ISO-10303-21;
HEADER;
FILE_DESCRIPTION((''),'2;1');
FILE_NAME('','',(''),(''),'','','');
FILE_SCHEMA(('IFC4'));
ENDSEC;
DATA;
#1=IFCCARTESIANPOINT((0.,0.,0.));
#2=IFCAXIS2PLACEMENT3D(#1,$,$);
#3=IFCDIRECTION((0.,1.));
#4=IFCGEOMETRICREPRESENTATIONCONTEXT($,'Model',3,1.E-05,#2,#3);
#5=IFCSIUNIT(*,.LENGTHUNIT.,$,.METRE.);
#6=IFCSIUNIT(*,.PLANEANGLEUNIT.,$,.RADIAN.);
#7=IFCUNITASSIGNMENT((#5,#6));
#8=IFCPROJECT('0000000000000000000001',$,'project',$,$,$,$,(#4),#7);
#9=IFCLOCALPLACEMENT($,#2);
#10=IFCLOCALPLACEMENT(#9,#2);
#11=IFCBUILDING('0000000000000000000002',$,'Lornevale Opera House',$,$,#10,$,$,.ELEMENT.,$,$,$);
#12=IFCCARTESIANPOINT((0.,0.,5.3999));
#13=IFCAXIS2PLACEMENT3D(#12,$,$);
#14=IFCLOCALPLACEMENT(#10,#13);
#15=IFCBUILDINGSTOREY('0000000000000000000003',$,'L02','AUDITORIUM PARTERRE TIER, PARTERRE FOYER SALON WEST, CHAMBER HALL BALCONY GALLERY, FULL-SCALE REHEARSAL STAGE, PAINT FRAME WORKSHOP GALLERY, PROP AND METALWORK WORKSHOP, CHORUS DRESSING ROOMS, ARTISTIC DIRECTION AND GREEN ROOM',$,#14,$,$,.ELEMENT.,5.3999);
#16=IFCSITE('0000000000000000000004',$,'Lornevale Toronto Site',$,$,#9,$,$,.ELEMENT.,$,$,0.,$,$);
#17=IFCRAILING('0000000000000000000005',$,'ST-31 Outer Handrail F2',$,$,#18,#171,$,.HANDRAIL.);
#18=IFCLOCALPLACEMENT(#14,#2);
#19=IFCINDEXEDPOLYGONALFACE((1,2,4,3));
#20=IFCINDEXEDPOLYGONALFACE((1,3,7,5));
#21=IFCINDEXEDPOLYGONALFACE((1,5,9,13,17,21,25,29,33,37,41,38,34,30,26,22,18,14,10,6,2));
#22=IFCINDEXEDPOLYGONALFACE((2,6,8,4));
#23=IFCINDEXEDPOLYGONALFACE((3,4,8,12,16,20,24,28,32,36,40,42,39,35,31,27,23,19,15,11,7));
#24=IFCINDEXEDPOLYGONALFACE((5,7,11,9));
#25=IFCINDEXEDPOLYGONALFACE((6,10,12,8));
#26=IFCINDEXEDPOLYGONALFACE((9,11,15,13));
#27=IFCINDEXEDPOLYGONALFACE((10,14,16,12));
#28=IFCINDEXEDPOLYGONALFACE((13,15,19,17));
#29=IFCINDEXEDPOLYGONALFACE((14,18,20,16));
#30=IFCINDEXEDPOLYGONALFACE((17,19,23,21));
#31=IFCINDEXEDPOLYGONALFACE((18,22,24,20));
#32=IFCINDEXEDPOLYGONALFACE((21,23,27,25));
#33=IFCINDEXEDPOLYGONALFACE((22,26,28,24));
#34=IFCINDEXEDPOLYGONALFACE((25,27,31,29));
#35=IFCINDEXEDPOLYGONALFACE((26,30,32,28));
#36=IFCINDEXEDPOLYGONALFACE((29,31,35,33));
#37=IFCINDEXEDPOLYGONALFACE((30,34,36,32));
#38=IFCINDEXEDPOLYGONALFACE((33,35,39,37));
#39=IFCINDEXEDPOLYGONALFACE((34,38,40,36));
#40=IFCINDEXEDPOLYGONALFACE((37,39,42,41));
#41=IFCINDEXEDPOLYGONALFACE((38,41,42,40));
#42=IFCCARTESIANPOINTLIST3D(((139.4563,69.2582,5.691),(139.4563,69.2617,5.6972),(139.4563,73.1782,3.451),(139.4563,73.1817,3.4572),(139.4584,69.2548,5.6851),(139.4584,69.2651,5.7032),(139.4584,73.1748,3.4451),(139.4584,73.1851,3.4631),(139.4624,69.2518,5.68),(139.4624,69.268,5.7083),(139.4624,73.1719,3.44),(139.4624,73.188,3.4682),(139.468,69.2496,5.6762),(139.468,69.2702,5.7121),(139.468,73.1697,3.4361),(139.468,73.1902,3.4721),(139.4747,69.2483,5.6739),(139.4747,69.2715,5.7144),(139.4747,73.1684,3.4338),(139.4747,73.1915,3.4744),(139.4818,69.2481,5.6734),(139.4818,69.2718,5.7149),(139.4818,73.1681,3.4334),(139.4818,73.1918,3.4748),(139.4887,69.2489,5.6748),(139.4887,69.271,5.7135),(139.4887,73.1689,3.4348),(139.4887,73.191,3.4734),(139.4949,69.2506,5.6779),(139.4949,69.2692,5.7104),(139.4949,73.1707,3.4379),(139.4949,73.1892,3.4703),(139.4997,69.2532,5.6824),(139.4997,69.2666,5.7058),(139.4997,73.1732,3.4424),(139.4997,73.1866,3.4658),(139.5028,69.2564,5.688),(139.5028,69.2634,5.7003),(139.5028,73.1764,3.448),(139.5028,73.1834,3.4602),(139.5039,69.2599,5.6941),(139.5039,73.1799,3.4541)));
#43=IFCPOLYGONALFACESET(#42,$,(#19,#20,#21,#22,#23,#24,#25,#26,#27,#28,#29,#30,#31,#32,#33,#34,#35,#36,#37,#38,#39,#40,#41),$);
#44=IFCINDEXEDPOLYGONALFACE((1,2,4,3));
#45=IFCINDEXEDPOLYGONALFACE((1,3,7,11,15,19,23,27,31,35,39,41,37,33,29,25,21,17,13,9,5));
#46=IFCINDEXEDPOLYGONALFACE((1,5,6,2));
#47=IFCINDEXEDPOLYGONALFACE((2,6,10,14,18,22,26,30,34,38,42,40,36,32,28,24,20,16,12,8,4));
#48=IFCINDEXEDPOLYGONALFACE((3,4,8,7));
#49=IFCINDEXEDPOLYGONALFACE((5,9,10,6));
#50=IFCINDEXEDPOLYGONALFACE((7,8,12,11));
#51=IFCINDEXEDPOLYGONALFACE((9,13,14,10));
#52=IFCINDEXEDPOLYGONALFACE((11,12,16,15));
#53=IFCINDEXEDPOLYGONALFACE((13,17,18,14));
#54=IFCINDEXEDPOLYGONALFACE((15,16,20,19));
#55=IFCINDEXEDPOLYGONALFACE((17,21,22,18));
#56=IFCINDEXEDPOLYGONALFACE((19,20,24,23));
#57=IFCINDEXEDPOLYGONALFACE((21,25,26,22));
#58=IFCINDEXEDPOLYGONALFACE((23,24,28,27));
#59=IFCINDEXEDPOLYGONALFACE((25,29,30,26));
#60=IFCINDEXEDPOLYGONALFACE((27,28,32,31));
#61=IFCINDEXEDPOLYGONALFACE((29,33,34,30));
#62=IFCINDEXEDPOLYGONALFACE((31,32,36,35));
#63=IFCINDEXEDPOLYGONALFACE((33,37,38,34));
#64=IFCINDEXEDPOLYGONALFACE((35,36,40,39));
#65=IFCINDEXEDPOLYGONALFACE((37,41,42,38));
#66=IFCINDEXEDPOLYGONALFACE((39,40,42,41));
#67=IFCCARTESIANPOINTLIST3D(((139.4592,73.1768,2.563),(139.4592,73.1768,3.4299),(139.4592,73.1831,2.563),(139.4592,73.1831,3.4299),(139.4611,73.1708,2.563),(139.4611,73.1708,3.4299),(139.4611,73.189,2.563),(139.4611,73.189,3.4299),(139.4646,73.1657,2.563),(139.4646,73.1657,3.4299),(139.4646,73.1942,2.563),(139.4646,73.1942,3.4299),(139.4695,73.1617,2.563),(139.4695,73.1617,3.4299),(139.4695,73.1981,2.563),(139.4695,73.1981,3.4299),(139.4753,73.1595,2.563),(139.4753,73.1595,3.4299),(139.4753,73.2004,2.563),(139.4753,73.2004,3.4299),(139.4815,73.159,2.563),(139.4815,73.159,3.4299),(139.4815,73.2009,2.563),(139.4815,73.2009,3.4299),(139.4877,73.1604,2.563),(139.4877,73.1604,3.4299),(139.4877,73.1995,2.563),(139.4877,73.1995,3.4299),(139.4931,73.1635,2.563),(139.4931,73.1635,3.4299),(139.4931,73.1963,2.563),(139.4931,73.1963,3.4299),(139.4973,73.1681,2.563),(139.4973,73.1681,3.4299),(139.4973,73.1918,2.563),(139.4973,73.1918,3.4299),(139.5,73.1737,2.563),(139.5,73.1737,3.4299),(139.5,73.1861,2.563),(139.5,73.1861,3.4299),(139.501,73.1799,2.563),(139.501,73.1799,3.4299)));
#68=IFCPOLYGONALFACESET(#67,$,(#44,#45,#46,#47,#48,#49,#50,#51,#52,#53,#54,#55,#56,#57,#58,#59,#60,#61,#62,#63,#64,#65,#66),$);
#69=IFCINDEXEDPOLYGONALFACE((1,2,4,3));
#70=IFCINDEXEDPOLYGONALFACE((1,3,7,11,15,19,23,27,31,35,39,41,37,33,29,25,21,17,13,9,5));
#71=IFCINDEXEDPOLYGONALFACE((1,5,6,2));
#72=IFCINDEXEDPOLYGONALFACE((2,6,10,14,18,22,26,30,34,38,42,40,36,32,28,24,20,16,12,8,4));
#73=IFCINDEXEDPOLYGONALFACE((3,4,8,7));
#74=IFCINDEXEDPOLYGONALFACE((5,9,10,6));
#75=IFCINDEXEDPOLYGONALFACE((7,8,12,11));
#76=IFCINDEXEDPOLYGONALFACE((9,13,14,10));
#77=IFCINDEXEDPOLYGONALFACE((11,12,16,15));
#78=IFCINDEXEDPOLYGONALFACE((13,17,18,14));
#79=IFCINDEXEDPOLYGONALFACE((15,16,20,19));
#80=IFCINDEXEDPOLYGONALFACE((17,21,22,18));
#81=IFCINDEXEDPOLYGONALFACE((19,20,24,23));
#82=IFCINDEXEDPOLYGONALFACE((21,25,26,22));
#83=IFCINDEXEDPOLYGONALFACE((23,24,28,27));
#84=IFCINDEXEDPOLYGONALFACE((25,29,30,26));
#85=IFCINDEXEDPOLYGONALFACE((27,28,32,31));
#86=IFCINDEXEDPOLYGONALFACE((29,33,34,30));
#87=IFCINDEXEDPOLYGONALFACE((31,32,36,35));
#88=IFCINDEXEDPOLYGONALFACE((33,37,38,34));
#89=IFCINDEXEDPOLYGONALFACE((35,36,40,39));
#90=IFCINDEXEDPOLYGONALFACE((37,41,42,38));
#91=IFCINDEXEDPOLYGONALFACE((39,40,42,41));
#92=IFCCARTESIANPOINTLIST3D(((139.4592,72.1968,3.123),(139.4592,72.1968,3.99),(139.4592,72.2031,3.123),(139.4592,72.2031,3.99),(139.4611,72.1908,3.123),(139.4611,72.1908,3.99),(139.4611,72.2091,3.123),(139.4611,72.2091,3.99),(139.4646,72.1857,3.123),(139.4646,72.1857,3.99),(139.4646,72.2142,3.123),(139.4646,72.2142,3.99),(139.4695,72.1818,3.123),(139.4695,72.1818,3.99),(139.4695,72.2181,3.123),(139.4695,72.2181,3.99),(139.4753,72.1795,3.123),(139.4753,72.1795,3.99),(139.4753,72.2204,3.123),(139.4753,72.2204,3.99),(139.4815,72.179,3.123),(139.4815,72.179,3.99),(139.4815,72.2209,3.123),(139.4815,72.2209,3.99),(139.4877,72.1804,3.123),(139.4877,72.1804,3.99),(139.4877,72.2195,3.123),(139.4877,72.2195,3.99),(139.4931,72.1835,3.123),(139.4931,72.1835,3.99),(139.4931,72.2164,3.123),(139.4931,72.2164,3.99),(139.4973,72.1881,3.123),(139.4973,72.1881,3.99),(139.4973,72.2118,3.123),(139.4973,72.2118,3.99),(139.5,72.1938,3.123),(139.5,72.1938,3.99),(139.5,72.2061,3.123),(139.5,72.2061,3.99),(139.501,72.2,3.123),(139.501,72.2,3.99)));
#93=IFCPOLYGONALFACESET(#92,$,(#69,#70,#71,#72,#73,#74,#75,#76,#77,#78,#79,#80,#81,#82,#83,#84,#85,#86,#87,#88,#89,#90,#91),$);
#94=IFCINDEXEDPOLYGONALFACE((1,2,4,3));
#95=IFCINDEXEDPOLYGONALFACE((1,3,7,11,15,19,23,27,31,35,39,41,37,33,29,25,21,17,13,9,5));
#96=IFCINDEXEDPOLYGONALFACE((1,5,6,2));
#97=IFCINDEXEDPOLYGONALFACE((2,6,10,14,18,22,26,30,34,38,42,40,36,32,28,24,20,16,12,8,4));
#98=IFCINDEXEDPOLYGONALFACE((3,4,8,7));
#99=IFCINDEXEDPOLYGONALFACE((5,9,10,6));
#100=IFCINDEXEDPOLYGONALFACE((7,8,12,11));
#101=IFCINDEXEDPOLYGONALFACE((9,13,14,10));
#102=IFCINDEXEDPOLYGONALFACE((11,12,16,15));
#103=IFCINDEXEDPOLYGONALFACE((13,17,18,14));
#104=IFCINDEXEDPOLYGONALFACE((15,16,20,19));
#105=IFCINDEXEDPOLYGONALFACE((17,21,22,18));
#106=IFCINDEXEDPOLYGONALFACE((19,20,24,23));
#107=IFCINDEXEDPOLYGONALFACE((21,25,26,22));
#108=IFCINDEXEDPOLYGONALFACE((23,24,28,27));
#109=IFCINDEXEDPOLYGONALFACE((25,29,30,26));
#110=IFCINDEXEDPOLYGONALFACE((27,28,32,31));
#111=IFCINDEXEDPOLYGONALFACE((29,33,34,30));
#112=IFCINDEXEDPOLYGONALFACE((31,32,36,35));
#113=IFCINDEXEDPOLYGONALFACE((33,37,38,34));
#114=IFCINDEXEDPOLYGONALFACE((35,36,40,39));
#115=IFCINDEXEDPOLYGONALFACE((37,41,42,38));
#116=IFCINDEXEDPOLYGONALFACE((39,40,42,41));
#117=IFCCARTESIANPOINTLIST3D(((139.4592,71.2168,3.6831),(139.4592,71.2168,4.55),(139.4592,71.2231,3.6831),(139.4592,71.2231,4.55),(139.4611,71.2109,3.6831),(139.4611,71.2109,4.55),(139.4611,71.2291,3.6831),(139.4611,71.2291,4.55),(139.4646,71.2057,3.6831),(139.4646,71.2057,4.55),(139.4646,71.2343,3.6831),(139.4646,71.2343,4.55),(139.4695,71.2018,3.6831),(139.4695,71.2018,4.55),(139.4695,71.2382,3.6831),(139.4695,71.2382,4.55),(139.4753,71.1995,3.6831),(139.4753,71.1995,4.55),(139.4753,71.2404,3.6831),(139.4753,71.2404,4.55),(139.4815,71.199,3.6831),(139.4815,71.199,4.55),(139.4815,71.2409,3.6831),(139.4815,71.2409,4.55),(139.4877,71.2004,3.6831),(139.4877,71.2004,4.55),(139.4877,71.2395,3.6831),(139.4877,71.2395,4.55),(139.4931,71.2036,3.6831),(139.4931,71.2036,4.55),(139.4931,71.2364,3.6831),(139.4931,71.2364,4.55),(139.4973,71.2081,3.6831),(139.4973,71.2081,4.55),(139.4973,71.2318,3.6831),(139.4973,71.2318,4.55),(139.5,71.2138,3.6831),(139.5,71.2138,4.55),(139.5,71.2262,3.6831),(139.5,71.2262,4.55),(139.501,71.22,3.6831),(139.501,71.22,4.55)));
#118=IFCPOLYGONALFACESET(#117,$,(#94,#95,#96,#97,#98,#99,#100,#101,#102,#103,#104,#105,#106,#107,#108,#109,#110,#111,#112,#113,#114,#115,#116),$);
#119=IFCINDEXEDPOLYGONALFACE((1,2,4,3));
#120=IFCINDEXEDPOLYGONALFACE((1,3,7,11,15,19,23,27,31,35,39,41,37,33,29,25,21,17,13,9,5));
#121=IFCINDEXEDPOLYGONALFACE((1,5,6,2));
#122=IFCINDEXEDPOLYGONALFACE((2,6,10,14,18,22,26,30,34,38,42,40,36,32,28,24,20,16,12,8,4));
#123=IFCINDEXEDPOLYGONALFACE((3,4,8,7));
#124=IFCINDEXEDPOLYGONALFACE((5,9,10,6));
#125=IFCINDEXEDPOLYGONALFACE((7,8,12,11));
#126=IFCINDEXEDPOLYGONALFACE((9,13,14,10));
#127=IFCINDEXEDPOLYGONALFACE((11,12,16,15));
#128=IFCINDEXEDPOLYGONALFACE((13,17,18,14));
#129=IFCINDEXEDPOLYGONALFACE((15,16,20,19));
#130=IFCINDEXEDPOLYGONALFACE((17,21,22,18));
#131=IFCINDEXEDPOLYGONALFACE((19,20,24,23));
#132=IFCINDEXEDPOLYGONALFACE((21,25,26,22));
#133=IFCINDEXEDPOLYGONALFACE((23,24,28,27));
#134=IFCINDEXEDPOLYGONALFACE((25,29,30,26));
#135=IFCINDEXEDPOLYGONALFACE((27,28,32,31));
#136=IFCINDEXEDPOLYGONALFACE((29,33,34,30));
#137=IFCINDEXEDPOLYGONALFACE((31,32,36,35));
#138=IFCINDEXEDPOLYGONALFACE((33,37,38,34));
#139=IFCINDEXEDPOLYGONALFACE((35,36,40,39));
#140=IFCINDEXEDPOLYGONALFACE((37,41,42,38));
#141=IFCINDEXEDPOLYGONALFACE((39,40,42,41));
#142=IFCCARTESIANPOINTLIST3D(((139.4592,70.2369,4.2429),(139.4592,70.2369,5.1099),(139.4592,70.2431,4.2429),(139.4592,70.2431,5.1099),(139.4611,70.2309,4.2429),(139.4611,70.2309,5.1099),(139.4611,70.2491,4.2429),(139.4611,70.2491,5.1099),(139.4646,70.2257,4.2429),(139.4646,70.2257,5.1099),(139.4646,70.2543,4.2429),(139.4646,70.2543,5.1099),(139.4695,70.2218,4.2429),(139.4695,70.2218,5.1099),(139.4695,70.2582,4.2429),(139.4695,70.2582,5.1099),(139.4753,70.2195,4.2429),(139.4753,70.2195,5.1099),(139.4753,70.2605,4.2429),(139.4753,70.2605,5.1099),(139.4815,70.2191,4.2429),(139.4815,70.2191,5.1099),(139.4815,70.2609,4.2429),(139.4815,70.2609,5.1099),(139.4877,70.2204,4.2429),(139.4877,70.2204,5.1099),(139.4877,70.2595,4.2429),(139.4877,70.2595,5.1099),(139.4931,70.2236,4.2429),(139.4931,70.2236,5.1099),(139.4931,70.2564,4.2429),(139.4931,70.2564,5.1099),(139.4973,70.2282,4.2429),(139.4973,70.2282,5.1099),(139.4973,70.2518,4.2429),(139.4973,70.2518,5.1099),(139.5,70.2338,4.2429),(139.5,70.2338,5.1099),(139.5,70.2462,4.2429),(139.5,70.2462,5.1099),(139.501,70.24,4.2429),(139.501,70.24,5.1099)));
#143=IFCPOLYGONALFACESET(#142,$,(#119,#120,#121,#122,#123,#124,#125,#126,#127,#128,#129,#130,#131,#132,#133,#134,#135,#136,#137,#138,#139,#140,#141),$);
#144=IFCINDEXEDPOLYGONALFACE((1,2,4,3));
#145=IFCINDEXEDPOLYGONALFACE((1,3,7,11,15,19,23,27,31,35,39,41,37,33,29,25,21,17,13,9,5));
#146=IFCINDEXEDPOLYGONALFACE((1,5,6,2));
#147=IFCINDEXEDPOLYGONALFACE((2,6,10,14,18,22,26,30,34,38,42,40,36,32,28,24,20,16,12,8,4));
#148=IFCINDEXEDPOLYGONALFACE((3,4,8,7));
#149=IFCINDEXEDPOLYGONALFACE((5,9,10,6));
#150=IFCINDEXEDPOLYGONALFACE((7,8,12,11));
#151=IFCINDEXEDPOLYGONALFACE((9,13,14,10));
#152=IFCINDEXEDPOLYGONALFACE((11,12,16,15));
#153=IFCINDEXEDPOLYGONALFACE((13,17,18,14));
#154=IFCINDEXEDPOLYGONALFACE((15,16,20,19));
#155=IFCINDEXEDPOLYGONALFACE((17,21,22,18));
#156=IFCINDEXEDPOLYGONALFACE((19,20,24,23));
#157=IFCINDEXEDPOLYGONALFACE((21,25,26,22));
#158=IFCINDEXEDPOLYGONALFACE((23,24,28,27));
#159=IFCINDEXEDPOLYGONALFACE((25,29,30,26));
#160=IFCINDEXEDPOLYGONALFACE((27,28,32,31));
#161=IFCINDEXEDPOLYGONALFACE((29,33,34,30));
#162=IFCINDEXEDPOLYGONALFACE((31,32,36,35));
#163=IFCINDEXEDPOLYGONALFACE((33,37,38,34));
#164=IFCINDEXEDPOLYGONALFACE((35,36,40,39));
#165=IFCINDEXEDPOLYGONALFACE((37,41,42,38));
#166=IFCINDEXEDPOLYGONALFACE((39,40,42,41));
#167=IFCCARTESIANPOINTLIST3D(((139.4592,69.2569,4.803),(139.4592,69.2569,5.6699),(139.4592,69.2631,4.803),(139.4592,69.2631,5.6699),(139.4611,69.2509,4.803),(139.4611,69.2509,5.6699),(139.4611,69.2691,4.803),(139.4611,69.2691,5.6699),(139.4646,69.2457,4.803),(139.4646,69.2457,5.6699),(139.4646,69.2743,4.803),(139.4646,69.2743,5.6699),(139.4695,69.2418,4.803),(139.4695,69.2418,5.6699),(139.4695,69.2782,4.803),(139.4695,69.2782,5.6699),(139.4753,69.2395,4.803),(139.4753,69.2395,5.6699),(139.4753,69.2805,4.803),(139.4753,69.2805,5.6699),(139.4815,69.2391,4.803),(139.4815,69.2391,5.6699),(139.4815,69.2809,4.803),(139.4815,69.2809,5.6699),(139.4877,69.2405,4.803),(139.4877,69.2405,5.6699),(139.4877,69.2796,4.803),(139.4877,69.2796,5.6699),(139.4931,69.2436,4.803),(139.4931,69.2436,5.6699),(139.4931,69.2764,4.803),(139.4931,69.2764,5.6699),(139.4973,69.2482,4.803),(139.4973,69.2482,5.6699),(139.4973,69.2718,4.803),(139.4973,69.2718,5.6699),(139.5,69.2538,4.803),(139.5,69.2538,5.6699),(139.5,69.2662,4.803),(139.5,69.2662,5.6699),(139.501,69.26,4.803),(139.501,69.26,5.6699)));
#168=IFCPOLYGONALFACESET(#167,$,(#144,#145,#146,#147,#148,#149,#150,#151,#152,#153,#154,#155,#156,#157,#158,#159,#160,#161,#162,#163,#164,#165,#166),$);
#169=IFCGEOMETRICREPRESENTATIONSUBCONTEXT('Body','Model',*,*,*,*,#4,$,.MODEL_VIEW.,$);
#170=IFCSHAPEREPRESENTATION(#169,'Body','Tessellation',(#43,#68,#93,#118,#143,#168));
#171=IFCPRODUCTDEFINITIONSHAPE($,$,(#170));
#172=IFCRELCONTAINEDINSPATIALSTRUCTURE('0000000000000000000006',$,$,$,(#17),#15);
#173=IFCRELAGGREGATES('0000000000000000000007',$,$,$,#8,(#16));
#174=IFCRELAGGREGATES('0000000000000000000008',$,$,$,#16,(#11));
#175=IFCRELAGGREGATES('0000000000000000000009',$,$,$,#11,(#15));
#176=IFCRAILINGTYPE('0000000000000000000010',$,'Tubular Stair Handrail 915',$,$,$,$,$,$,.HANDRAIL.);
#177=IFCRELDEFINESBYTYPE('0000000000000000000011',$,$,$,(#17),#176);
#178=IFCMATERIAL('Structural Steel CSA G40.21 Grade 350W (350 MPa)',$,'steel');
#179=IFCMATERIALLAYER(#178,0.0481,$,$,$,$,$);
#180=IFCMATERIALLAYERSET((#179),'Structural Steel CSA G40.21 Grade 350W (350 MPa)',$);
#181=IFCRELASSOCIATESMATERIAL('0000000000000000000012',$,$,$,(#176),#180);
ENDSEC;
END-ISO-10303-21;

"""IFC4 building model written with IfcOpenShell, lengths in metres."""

from ifc_helpers import new_model, si_unit, direction, frame, origin, origin_2d, place, context, subcontext, project, spatial, circle, extrude, material, layer, layer_set, type_object, element, save


model = new_model("IFC4")

# Units and contexts
model_context = context("Model", 3, precision=1e-05, world=origin(), true_north=direction((0.0, 1.0)))
body_context = subcontext(model_context, "Body", "Model", "MODEL_VIEW")
ifc_project = project(units=[si_unit("LENGTHUNIT", "METRE"), si_unit("PLANEANGLEUNIT", "RADIAN")], contexts=[model_context])

# Site, building, storey
site_placement = place(None, origin())
site = spatial("IfcSite", under=ifc_project, at=site_placement, Name="Lornevale Toronto Site", CompositionType="ELEMENT", RefElevation=0.0)
building_placement = place(site_placement, origin())
building = spatial("IfcBuilding", under=site, at=building_placement, Name="Lornevale Opera House", CompositionType="ELEMENT")
storey_placement = place(building_placement, frame((0.0, 0.0, 5.3999)))
storey = spatial("IfcBuildingStorey", under=building, at=storey_placement, Name="L02", Description="AUDITORIUM PARTERRE TIER, PARTERRE FOYER SALON WEST, CHAMBER HALL BALCONY GALLERY, FULL-SCALE REHEARSAL STAGE, PAINT FRAME WORKSHOP GALLERY, PROP AND METALWORK WORKSHOP, CHORUS DRESSING ROOMS, ARTISTIC DIRECTION AND GREEN ROOM", CompositionType="ELEMENT", Elevation=5.3999)

# Shared definitions
ifc_material_1 = material(Name="Structural Steel CSA G40.21 Grade 350W (350 MPa)", Category="steel")

# Railing
ifc_layer_1 = layer(ifc_material_1, 0.0481)
ifc_layer_set_1 = layer_set([ifc_layer_1], Name="Structural Steel CSA G40.21 Grade 350W (350 MPa)")
railing_type_1 = type_object("IfcRailingType", Name="Tubular Stair Handrail 915", PredefinedType="HANDRAIL", material=ifc_layer_set_1)
railing_1_placement = place(storey_placement, frame((139.48, 73.1799, 2.563)))
element("IfcRailing", 1, at=railing_1_placement, inside=storey, type_object=railing_type_1, Name="ST-31 Outer Handrail F2", PredefinedType="HANDRAIL", context=body_context, shape_type="SweptSolid", body=[
    extrude(circle(Radius=0.0239, at=origin_2d()), frame((0.0, 0.0, 0.8911), z_axis=(0.0, -0.86824, 0.496145), x_axis=(1.0, 0.0, 0.0)), (0.0, 0.0, 1.0), 4.5149),
    extrude(circle(Radius=0.021, at=origin_2d()), origin(), (0.0, 0.0, 1.0), 0.8669),
    extrude(circle(Radius=0.021, at=origin_2d()), frame((0.0, -0.98, 0.5601)), (0.0, 0.0, 1.0), 0.8669),
    extrude(circle(Radius=0.021, at=origin_2d()), frame((0.0, -1.96, 1.1201)), (0.0, 0.0, 1.0), 0.8669),
    extrude(circle(Radius=0.021, at=origin_2d()), frame((0.0, -2.9399, 1.6799)), (0.0, 0.0, 1.0), 0.8669),
    extrude(circle(Radius=0.021, at=origin_2d()), frame((0.0, -3.9199, 2.24)), (0.0, 0.0, 1.0), 0.8669),
])

save(model, "model.ifc")
